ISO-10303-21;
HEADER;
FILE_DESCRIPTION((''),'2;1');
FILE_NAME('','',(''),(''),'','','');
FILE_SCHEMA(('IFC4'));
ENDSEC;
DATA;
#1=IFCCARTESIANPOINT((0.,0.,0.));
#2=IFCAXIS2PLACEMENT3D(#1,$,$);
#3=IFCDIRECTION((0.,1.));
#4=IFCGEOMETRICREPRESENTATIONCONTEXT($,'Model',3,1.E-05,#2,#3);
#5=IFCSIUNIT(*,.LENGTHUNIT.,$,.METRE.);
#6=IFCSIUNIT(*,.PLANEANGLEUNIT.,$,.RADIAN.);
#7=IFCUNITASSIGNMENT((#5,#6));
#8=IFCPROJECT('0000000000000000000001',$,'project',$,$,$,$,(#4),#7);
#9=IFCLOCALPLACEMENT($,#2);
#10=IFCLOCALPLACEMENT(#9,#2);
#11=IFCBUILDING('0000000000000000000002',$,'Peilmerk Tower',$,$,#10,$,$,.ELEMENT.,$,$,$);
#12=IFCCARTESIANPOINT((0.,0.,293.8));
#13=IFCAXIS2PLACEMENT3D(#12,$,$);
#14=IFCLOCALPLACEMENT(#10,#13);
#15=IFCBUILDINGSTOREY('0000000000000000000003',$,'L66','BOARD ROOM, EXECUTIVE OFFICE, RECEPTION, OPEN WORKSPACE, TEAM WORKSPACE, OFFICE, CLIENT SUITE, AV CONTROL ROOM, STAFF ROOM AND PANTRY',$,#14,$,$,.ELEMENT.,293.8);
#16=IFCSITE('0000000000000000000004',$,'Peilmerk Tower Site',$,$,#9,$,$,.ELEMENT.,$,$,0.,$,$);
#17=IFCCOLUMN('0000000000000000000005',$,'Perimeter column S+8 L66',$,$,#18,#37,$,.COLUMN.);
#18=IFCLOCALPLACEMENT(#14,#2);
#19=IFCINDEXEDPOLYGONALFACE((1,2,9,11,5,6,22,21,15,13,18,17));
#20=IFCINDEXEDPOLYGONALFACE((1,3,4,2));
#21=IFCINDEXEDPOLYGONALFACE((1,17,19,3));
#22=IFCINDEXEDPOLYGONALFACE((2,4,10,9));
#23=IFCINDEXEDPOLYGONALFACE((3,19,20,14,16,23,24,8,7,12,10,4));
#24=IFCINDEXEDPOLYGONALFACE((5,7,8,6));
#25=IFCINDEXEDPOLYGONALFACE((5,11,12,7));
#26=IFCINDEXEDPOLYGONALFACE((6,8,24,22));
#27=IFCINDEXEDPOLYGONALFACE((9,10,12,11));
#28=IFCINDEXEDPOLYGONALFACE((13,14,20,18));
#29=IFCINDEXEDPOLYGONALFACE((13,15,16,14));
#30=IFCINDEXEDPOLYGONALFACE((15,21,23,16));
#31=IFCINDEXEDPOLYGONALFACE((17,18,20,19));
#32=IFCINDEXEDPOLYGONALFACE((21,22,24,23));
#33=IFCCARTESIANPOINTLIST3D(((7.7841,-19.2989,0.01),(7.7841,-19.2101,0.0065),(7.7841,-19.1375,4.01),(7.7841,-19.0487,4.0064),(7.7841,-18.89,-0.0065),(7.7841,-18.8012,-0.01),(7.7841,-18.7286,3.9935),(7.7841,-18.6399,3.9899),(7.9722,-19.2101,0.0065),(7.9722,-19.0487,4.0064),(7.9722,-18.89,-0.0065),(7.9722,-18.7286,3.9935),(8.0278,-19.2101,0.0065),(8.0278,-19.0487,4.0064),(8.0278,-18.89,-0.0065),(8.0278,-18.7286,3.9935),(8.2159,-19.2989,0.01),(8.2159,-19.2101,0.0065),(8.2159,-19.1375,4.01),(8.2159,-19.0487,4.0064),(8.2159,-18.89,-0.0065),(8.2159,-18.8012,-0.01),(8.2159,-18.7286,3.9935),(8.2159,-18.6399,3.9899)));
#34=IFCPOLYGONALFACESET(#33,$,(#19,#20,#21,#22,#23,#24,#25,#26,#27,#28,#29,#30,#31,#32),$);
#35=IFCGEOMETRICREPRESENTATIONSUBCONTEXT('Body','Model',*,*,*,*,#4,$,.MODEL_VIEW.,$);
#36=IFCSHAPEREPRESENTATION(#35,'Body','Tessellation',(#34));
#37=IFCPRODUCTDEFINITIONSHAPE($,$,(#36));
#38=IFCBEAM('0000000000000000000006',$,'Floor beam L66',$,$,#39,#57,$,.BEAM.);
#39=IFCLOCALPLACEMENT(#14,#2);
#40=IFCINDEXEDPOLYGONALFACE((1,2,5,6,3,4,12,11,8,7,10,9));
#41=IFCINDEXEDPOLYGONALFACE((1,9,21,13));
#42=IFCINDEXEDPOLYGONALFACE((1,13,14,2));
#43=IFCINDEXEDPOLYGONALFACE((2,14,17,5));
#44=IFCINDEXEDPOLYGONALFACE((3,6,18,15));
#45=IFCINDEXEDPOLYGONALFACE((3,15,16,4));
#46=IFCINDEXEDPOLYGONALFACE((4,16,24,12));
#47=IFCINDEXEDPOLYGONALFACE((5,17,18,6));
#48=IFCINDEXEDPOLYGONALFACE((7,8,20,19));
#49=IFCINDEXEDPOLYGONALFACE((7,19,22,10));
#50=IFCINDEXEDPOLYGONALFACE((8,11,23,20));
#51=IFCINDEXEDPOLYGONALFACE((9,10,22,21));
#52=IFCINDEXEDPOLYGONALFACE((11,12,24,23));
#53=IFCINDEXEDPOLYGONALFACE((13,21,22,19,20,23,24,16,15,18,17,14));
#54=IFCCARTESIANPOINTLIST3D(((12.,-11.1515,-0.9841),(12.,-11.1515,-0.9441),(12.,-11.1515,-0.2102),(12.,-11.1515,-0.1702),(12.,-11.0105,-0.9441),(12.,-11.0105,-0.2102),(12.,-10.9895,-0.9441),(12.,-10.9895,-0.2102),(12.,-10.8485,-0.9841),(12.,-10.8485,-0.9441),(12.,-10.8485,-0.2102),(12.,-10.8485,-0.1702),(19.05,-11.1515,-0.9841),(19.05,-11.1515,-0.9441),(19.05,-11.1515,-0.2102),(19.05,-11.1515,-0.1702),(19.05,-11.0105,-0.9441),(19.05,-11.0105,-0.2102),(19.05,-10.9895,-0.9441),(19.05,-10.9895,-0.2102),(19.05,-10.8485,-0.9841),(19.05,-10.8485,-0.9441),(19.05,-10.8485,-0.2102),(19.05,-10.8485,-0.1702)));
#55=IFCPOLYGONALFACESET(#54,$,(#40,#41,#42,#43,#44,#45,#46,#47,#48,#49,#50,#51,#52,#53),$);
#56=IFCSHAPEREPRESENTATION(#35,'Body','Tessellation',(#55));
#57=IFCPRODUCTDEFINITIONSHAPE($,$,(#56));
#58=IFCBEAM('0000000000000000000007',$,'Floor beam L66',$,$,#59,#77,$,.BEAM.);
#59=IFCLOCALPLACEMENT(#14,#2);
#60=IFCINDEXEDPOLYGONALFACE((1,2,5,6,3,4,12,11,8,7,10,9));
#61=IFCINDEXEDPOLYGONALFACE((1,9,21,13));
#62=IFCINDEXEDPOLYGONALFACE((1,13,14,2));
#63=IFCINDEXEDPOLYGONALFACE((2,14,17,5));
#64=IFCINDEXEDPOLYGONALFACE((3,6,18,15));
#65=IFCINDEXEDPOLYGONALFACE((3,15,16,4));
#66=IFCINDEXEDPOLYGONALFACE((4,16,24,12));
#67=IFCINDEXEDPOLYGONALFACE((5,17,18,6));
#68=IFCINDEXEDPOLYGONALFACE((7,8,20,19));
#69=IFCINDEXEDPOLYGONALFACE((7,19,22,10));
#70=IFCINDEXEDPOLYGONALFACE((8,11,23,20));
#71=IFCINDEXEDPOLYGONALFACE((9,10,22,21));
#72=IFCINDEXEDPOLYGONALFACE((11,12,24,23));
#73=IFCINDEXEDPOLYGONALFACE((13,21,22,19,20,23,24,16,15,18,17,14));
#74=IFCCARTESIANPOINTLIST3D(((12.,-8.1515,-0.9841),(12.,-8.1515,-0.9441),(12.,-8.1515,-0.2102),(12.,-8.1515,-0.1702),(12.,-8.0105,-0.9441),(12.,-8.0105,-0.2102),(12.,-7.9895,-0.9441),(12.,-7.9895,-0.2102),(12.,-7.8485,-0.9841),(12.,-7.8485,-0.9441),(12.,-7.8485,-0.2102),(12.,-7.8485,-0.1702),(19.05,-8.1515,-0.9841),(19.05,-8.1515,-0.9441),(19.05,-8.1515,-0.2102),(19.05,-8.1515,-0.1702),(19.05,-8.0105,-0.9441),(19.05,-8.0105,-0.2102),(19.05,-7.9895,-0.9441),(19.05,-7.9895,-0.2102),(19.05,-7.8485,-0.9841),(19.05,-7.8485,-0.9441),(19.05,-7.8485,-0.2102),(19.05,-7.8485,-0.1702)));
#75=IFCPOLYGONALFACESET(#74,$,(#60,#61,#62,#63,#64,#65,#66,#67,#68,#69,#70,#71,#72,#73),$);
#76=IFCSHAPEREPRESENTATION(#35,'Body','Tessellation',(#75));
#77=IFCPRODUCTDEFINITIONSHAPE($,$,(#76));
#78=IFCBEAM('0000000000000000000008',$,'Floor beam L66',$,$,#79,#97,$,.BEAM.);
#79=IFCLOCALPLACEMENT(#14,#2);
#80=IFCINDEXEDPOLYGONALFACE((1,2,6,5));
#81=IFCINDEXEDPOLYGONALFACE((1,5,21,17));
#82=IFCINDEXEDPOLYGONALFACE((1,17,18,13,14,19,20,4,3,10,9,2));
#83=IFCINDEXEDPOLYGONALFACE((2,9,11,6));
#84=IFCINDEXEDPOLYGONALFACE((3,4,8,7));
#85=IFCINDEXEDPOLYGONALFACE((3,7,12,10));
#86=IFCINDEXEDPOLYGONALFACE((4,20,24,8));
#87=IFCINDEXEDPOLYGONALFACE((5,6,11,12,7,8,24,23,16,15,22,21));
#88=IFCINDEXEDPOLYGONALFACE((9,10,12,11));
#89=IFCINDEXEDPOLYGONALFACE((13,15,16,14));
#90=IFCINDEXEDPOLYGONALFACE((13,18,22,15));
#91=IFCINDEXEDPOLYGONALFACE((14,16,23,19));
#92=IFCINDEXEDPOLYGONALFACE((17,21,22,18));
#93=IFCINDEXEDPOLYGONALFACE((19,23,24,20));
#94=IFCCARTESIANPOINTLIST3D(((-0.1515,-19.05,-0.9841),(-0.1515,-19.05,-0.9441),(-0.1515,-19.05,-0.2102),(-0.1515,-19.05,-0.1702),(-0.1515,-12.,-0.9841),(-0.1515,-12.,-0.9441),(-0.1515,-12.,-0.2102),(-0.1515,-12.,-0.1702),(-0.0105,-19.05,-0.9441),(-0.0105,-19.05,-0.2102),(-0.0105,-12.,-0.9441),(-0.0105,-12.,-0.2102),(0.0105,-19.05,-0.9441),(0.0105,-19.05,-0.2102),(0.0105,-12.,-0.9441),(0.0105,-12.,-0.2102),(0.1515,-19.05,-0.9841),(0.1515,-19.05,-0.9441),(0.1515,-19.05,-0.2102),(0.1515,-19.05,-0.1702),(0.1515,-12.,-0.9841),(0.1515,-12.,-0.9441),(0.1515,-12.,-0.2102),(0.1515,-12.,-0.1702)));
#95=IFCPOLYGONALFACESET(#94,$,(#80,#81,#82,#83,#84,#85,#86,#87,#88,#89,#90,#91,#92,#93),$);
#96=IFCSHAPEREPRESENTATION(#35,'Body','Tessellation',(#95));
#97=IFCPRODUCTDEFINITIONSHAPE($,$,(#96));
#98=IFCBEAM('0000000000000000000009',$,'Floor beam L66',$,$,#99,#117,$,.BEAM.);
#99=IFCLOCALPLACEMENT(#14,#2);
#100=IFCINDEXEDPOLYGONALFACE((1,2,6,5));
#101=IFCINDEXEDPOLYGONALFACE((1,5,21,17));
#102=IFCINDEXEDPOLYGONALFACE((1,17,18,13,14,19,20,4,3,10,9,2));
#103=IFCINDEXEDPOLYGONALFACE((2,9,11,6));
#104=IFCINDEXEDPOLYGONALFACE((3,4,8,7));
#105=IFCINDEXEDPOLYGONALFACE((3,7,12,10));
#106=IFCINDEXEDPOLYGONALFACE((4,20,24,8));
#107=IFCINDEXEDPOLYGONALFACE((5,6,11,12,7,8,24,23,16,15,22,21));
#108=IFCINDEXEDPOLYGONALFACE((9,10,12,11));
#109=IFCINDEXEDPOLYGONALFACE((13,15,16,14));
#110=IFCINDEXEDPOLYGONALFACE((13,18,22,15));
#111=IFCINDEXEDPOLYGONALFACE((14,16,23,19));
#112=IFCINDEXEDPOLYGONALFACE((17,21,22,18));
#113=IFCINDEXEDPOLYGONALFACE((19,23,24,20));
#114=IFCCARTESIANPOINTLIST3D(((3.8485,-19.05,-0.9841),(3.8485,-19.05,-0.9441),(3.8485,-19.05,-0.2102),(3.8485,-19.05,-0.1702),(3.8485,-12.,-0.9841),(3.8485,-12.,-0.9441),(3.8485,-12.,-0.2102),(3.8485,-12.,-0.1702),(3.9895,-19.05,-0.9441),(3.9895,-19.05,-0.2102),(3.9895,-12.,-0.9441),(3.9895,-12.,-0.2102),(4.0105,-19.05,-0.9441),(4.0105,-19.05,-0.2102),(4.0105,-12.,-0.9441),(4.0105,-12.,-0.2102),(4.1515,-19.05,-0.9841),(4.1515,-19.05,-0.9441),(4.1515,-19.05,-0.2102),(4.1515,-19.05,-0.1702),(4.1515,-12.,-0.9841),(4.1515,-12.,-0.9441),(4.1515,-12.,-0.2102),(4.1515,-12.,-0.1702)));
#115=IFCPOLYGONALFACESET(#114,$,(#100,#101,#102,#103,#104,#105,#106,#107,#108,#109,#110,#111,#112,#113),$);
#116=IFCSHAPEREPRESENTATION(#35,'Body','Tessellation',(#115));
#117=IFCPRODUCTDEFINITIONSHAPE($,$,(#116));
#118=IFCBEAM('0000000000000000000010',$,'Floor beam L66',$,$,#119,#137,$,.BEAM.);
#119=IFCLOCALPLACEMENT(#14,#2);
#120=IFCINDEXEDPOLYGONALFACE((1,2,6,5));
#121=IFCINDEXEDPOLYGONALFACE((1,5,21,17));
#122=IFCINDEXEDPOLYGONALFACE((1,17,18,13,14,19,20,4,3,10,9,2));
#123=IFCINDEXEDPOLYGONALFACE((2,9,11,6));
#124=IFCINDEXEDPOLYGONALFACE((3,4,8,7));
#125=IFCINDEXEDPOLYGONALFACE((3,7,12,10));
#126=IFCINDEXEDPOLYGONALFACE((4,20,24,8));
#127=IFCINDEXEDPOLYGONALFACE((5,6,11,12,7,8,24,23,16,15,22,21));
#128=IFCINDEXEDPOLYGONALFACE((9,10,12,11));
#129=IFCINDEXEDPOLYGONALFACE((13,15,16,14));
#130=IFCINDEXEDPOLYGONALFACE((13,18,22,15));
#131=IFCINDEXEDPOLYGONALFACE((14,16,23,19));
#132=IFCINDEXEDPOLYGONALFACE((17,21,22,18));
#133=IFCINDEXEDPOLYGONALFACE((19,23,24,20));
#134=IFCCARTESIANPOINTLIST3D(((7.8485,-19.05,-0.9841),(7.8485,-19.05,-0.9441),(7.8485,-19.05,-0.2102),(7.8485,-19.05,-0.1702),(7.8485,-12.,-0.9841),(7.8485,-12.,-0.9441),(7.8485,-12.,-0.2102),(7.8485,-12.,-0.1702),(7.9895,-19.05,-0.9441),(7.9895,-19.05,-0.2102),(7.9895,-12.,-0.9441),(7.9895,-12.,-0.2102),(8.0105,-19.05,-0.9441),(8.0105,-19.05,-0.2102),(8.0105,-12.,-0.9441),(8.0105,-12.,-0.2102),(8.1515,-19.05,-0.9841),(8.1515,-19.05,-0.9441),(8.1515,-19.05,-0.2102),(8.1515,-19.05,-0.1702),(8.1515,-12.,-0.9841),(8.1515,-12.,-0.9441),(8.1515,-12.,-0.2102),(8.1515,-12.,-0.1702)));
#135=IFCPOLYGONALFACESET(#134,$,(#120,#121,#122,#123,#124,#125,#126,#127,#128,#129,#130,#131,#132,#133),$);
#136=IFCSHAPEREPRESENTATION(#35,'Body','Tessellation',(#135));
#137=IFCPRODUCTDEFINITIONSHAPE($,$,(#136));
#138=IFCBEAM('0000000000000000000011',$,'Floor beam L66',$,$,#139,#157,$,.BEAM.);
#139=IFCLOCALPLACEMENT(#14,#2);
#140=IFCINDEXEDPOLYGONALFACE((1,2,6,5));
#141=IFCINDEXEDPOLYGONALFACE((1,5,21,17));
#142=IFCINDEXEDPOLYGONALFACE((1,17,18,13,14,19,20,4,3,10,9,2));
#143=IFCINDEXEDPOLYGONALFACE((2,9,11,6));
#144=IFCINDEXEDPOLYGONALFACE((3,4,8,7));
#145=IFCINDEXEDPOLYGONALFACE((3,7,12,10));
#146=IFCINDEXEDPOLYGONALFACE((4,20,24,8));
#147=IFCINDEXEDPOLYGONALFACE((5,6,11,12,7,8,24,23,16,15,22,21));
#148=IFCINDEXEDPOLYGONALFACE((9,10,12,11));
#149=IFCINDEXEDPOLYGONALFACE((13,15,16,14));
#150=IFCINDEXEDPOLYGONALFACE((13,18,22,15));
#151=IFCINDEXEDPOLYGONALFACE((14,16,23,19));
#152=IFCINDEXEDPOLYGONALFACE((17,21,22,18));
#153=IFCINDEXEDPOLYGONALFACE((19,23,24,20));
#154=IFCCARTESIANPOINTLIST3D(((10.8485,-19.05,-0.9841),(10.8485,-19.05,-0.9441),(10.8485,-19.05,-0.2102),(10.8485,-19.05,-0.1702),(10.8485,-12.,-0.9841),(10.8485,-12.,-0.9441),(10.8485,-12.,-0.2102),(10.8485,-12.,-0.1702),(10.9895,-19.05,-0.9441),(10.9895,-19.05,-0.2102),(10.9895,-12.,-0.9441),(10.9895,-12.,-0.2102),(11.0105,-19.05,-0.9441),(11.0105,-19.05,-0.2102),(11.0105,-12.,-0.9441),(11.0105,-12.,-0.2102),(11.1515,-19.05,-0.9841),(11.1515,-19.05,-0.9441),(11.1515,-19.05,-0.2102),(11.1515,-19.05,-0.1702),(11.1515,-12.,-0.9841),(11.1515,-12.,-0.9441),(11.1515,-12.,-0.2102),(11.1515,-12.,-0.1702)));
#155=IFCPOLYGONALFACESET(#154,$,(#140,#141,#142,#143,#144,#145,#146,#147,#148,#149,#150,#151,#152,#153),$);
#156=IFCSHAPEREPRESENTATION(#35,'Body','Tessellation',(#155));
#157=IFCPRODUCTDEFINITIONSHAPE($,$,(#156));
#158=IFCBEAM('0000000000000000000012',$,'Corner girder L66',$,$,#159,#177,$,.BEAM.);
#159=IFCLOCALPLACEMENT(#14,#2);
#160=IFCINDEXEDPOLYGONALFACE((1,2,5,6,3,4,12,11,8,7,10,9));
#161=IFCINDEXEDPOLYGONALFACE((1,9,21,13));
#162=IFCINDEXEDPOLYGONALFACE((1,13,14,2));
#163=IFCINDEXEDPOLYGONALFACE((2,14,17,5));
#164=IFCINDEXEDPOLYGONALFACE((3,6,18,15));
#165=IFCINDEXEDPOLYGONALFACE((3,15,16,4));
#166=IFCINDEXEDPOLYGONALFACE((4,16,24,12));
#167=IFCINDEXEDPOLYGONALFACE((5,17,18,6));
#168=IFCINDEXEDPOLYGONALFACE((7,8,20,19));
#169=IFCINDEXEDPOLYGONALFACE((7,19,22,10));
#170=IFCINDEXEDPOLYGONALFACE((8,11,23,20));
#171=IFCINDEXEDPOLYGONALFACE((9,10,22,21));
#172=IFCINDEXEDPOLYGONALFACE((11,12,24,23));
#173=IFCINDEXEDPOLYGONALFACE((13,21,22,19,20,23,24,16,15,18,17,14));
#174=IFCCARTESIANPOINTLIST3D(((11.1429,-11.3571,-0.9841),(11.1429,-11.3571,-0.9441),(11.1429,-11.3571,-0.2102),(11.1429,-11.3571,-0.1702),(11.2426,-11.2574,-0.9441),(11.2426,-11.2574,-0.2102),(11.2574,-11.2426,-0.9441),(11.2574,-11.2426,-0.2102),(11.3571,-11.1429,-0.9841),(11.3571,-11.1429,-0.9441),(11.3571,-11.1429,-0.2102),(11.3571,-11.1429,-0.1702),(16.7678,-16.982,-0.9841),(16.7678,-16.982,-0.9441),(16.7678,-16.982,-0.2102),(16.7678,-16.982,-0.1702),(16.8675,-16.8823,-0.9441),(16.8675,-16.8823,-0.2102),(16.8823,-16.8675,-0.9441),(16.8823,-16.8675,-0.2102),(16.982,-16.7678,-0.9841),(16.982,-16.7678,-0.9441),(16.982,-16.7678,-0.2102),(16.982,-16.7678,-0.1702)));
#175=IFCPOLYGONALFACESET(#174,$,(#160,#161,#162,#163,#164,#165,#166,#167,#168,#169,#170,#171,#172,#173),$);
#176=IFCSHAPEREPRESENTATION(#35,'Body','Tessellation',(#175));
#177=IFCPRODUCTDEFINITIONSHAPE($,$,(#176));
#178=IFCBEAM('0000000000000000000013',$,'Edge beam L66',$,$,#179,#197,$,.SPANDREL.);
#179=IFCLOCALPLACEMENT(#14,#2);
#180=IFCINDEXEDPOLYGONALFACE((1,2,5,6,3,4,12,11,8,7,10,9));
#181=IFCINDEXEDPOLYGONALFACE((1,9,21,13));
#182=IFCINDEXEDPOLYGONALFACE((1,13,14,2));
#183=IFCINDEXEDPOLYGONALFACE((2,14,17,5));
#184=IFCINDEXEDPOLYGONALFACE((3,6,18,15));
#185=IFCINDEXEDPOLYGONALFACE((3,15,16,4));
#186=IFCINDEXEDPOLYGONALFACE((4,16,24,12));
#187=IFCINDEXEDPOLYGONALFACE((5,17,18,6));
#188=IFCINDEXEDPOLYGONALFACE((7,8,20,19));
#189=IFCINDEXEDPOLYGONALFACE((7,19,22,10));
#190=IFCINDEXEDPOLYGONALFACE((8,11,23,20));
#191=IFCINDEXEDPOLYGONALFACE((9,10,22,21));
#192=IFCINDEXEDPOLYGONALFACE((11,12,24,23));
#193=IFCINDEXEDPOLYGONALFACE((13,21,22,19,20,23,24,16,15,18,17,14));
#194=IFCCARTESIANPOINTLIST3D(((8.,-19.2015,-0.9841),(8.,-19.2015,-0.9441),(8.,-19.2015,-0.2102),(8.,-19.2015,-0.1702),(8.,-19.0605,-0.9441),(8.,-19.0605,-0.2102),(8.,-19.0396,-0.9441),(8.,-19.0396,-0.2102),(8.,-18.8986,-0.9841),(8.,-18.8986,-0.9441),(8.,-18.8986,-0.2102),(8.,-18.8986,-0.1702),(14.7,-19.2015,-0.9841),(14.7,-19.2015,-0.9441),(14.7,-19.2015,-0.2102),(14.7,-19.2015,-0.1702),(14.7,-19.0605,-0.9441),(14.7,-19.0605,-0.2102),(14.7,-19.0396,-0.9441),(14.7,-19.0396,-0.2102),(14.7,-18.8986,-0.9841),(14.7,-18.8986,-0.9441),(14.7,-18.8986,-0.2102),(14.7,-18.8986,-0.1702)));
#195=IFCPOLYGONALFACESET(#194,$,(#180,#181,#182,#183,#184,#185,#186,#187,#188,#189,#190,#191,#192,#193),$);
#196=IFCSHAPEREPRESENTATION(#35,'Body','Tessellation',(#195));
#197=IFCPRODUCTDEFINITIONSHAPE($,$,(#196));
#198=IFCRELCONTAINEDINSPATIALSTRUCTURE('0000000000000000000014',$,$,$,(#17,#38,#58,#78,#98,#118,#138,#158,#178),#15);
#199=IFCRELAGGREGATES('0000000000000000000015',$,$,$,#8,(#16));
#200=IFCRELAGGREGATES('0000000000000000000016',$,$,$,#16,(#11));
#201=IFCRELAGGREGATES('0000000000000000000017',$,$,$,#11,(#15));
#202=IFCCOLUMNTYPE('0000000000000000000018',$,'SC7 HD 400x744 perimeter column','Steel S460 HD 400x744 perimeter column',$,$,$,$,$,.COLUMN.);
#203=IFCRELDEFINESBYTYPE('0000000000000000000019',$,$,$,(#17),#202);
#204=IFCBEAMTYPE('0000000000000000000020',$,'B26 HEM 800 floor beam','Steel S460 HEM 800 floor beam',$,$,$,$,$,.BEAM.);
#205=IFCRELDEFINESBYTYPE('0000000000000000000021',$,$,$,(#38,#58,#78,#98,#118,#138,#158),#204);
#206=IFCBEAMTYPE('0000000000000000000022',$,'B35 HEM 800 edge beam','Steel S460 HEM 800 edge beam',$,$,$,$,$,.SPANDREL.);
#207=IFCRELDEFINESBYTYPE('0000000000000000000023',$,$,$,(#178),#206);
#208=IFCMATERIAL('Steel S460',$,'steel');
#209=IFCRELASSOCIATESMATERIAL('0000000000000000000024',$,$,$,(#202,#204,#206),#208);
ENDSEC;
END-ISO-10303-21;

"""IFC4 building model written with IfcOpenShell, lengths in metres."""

from ifc_helpers import new_model, si_unit, direction, frame, origin, origin_2d, place, context, subcontext, project, spatial, i_section, extrude, material, material_profile, profile_set, type_object, element, save


model = new_model("IFC4")

# Units and contexts
model_context = context("Model", 3, precision=1e-05, world=origin(), true_north=direction((0.0, 1.0)))
body_context = subcontext(model_context, "Body", "Model", "MODEL_VIEW")
ifc_project = project(units=[si_unit("LENGTHUNIT", "METRE"), si_unit("PLANEANGLEUNIT", "RADIAN")], contexts=[model_context])

# Site, building, storey
site_placement = place(None, origin())
site = spatial("IfcSite", under=ifc_project, at=site_placement, Name="Peilmerk Tower Site", CompositionType="ELEMENT", RefElevation=0.0)
building_placement = place(site_placement, origin())
building = spatial("IfcBuilding", under=site, at=building_placement, Name="Peilmerk Tower", CompositionType="ELEMENT")
storey_placement = place(building_placement, frame((0.0, 0.0, 293.8)))
storey = spatial("IfcBuildingStorey", under=building, at=storey_placement, Name="L66", Description="BOARD ROOM, EXECUTIVE OFFICE, RECEPTION, OPEN WORKSPACE, TEAM WORKSPACE, OFFICE, CLIENT SUITE, AV CONTROL ROOM, STAFF ROOM AND PANTRY", CompositionType="ELEMENT", Elevation=293.8)

# Column
ifc_material_1 = material(Name="Steel S460", Category="steel")
ifc_material_profile_1 = material_profile(ifc_material_1, i_section(OverallWidth=0.4319, OverallDepth=0.498, WebThickness=0.0557, FlangeThickness=0.0889, at=origin_2d()), Name="HD 400x744")
ifc_profile_set_1 = profile_set([ifc_material_profile_1], Name="Steel S460")
column_type = type_object("IfcColumnType", Name="SC7 HD 400x744 perimeter column", Description="Steel S460 HD 400x744 perimeter column", PredefinedType="COLUMN", material=ifc_profile_set_1)
column_placement = place(storey_placement, frame((8.0, -19.05, 0.0), z_axis=(0.0, 0.040311, 0.999187), x_axis=(-1.0, 0.0, 0.0)))
element("IfcColumn", 1, at=column_placement, inside=storey, type_object=column_type, Name="Perimeter column S+8 L66", PredefinedType="COLUMN", context=body_context, shape_type="SweptSolid", body=[
    extrude(i_section(OverallWidth=0.4319, OverallDepth=0.498, WebThickness=0.0557, FlangeThickness=0.0889, at=origin_2d()), origin(), (0.0, 0.0, 1.0), 4.0032),
])

# Beams
ifc_material_profile_2 = material_profile(ifc_material_1, i_section(OverallWidth=0.303, OverallDepth=0.814, WebThickness=0.021, FlangeThickness=0.04, at=origin_2d()), Name="HEM 800")
ifc_profile_set_2 = profile_set([ifc_material_profile_2], Name="Steel S460")
beam_type_1 = type_object("IfcBeamType", Name="B26 HEM 800 floor beam", Description="Steel S460 HEM 800 floor beam", PredefinedType="BEAM", material=ifc_profile_set_2)
for number, where, z_axis, x_axis, name in (
    (2, (12.0, -11.0, -0.5771), (1.0, 0.0, 0.0), (0.0, 1.0, 0.0), "Floor beam L66"),
    (3, (12.0, -8.0, -0.5771), (1.0, 0.0, 0.0), (0.0, 1.0, 0.0), "Floor beam L66"),
    (4, (0.0, -12.0, -0.5771), (0.0, -1.0, 0.0), (1.0, 0.0, 0.0), "Floor beam L66"),
    (5, (4.0, -12.0, -0.5771), (0.0, -1.0, 0.0), (1.0, 0.0, 0.0), "Floor beam L66"),
    (6, (8.0, -12.0, -0.5771), (0.0, -1.0, 0.0), (1.0, 0.0, 0.0), "Floor beam L66"),
    (7, (11.0, -12.0, -0.5771), (0.0, -1.0, 0.0), (1.0, 0.0, 0.0), "Floor beam L66"),
):
    element("IfcBeam", number, at=place(storey_placement, frame(where, z_axis=z_axis, x_axis=x_axis)), inside=storey, type_object=beam_type_1, Name=name, PredefinedType="BEAM", context=body_context, shape_type="SweptSolid", body=[
        extrude(i_section(OverallWidth=0.303, OverallDepth=0.814, WebThickness=0.021, FlangeThickness=0.04, at=origin_2d()), origin(), (0.0, 0.0, 1.0), 7.05),
    ])
beam_1_placement = place(storey_placement, frame((11.25, -11.25, -0.5771), z_axis=(0.707107, -0.707107, 0.0), x_axis=(0.707107, 0.707107, 0.0)))
element("IfcBeam", 8, at=beam_1_placement, inside=storey, type_object=beam_type_1, Name="Corner girder L66", PredefinedType="BEAM", context=body_context, shape_type="SweptSolid", body=[
    extrude(i_section(OverallWidth=0.303, OverallDepth=0.814, WebThickness=0.021, FlangeThickness=0.04, at=origin_2d()), origin(), (0.0, 0.0, 1.0), 7.9548),
])
ifc_material_profile_3 = material_profile(ifc_material_1, i_section(OverallWidth=0.303, OverallDepth=0.814, WebThickness=0.021, FlangeThickness=0.04, at=origin_2d()), Name="HEM 800")
ifc_profile_set_3 = profile_set([ifc_material_profile_3], Name="Steel S460")
beam_type_2 = type_object("IfcBeamType", Name="B35 HEM 800 edge beam", Description="Steel S460 HEM 800 edge beam", PredefinedType="SPANDREL", material=ifc_profile_set_3)
beam_2_placement = place(storey_placement, frame((8.0, -19.05, -0.5771), z_axis=(1.0, 0.0, 0.0), x_axis=(0.0, 1.0, 0.0)))
element("IfcBeam", 9, at=beam_2_placement, inside=storey, type_object=beam_type_2, Name="Edge beam L66", PredefinedType="SPANDREL", context=body_context, shape_type="SweptSolid", body=[
    extrude(i_section(OverallWidth=0.303, OverallDepth=0.814, WebThickness=0.021, FlangeThickness=0.04, at=origin_2d()), origin(), (0.0, 0.0, 1.0), 6.7),
])

save(model, "model.ifc")
